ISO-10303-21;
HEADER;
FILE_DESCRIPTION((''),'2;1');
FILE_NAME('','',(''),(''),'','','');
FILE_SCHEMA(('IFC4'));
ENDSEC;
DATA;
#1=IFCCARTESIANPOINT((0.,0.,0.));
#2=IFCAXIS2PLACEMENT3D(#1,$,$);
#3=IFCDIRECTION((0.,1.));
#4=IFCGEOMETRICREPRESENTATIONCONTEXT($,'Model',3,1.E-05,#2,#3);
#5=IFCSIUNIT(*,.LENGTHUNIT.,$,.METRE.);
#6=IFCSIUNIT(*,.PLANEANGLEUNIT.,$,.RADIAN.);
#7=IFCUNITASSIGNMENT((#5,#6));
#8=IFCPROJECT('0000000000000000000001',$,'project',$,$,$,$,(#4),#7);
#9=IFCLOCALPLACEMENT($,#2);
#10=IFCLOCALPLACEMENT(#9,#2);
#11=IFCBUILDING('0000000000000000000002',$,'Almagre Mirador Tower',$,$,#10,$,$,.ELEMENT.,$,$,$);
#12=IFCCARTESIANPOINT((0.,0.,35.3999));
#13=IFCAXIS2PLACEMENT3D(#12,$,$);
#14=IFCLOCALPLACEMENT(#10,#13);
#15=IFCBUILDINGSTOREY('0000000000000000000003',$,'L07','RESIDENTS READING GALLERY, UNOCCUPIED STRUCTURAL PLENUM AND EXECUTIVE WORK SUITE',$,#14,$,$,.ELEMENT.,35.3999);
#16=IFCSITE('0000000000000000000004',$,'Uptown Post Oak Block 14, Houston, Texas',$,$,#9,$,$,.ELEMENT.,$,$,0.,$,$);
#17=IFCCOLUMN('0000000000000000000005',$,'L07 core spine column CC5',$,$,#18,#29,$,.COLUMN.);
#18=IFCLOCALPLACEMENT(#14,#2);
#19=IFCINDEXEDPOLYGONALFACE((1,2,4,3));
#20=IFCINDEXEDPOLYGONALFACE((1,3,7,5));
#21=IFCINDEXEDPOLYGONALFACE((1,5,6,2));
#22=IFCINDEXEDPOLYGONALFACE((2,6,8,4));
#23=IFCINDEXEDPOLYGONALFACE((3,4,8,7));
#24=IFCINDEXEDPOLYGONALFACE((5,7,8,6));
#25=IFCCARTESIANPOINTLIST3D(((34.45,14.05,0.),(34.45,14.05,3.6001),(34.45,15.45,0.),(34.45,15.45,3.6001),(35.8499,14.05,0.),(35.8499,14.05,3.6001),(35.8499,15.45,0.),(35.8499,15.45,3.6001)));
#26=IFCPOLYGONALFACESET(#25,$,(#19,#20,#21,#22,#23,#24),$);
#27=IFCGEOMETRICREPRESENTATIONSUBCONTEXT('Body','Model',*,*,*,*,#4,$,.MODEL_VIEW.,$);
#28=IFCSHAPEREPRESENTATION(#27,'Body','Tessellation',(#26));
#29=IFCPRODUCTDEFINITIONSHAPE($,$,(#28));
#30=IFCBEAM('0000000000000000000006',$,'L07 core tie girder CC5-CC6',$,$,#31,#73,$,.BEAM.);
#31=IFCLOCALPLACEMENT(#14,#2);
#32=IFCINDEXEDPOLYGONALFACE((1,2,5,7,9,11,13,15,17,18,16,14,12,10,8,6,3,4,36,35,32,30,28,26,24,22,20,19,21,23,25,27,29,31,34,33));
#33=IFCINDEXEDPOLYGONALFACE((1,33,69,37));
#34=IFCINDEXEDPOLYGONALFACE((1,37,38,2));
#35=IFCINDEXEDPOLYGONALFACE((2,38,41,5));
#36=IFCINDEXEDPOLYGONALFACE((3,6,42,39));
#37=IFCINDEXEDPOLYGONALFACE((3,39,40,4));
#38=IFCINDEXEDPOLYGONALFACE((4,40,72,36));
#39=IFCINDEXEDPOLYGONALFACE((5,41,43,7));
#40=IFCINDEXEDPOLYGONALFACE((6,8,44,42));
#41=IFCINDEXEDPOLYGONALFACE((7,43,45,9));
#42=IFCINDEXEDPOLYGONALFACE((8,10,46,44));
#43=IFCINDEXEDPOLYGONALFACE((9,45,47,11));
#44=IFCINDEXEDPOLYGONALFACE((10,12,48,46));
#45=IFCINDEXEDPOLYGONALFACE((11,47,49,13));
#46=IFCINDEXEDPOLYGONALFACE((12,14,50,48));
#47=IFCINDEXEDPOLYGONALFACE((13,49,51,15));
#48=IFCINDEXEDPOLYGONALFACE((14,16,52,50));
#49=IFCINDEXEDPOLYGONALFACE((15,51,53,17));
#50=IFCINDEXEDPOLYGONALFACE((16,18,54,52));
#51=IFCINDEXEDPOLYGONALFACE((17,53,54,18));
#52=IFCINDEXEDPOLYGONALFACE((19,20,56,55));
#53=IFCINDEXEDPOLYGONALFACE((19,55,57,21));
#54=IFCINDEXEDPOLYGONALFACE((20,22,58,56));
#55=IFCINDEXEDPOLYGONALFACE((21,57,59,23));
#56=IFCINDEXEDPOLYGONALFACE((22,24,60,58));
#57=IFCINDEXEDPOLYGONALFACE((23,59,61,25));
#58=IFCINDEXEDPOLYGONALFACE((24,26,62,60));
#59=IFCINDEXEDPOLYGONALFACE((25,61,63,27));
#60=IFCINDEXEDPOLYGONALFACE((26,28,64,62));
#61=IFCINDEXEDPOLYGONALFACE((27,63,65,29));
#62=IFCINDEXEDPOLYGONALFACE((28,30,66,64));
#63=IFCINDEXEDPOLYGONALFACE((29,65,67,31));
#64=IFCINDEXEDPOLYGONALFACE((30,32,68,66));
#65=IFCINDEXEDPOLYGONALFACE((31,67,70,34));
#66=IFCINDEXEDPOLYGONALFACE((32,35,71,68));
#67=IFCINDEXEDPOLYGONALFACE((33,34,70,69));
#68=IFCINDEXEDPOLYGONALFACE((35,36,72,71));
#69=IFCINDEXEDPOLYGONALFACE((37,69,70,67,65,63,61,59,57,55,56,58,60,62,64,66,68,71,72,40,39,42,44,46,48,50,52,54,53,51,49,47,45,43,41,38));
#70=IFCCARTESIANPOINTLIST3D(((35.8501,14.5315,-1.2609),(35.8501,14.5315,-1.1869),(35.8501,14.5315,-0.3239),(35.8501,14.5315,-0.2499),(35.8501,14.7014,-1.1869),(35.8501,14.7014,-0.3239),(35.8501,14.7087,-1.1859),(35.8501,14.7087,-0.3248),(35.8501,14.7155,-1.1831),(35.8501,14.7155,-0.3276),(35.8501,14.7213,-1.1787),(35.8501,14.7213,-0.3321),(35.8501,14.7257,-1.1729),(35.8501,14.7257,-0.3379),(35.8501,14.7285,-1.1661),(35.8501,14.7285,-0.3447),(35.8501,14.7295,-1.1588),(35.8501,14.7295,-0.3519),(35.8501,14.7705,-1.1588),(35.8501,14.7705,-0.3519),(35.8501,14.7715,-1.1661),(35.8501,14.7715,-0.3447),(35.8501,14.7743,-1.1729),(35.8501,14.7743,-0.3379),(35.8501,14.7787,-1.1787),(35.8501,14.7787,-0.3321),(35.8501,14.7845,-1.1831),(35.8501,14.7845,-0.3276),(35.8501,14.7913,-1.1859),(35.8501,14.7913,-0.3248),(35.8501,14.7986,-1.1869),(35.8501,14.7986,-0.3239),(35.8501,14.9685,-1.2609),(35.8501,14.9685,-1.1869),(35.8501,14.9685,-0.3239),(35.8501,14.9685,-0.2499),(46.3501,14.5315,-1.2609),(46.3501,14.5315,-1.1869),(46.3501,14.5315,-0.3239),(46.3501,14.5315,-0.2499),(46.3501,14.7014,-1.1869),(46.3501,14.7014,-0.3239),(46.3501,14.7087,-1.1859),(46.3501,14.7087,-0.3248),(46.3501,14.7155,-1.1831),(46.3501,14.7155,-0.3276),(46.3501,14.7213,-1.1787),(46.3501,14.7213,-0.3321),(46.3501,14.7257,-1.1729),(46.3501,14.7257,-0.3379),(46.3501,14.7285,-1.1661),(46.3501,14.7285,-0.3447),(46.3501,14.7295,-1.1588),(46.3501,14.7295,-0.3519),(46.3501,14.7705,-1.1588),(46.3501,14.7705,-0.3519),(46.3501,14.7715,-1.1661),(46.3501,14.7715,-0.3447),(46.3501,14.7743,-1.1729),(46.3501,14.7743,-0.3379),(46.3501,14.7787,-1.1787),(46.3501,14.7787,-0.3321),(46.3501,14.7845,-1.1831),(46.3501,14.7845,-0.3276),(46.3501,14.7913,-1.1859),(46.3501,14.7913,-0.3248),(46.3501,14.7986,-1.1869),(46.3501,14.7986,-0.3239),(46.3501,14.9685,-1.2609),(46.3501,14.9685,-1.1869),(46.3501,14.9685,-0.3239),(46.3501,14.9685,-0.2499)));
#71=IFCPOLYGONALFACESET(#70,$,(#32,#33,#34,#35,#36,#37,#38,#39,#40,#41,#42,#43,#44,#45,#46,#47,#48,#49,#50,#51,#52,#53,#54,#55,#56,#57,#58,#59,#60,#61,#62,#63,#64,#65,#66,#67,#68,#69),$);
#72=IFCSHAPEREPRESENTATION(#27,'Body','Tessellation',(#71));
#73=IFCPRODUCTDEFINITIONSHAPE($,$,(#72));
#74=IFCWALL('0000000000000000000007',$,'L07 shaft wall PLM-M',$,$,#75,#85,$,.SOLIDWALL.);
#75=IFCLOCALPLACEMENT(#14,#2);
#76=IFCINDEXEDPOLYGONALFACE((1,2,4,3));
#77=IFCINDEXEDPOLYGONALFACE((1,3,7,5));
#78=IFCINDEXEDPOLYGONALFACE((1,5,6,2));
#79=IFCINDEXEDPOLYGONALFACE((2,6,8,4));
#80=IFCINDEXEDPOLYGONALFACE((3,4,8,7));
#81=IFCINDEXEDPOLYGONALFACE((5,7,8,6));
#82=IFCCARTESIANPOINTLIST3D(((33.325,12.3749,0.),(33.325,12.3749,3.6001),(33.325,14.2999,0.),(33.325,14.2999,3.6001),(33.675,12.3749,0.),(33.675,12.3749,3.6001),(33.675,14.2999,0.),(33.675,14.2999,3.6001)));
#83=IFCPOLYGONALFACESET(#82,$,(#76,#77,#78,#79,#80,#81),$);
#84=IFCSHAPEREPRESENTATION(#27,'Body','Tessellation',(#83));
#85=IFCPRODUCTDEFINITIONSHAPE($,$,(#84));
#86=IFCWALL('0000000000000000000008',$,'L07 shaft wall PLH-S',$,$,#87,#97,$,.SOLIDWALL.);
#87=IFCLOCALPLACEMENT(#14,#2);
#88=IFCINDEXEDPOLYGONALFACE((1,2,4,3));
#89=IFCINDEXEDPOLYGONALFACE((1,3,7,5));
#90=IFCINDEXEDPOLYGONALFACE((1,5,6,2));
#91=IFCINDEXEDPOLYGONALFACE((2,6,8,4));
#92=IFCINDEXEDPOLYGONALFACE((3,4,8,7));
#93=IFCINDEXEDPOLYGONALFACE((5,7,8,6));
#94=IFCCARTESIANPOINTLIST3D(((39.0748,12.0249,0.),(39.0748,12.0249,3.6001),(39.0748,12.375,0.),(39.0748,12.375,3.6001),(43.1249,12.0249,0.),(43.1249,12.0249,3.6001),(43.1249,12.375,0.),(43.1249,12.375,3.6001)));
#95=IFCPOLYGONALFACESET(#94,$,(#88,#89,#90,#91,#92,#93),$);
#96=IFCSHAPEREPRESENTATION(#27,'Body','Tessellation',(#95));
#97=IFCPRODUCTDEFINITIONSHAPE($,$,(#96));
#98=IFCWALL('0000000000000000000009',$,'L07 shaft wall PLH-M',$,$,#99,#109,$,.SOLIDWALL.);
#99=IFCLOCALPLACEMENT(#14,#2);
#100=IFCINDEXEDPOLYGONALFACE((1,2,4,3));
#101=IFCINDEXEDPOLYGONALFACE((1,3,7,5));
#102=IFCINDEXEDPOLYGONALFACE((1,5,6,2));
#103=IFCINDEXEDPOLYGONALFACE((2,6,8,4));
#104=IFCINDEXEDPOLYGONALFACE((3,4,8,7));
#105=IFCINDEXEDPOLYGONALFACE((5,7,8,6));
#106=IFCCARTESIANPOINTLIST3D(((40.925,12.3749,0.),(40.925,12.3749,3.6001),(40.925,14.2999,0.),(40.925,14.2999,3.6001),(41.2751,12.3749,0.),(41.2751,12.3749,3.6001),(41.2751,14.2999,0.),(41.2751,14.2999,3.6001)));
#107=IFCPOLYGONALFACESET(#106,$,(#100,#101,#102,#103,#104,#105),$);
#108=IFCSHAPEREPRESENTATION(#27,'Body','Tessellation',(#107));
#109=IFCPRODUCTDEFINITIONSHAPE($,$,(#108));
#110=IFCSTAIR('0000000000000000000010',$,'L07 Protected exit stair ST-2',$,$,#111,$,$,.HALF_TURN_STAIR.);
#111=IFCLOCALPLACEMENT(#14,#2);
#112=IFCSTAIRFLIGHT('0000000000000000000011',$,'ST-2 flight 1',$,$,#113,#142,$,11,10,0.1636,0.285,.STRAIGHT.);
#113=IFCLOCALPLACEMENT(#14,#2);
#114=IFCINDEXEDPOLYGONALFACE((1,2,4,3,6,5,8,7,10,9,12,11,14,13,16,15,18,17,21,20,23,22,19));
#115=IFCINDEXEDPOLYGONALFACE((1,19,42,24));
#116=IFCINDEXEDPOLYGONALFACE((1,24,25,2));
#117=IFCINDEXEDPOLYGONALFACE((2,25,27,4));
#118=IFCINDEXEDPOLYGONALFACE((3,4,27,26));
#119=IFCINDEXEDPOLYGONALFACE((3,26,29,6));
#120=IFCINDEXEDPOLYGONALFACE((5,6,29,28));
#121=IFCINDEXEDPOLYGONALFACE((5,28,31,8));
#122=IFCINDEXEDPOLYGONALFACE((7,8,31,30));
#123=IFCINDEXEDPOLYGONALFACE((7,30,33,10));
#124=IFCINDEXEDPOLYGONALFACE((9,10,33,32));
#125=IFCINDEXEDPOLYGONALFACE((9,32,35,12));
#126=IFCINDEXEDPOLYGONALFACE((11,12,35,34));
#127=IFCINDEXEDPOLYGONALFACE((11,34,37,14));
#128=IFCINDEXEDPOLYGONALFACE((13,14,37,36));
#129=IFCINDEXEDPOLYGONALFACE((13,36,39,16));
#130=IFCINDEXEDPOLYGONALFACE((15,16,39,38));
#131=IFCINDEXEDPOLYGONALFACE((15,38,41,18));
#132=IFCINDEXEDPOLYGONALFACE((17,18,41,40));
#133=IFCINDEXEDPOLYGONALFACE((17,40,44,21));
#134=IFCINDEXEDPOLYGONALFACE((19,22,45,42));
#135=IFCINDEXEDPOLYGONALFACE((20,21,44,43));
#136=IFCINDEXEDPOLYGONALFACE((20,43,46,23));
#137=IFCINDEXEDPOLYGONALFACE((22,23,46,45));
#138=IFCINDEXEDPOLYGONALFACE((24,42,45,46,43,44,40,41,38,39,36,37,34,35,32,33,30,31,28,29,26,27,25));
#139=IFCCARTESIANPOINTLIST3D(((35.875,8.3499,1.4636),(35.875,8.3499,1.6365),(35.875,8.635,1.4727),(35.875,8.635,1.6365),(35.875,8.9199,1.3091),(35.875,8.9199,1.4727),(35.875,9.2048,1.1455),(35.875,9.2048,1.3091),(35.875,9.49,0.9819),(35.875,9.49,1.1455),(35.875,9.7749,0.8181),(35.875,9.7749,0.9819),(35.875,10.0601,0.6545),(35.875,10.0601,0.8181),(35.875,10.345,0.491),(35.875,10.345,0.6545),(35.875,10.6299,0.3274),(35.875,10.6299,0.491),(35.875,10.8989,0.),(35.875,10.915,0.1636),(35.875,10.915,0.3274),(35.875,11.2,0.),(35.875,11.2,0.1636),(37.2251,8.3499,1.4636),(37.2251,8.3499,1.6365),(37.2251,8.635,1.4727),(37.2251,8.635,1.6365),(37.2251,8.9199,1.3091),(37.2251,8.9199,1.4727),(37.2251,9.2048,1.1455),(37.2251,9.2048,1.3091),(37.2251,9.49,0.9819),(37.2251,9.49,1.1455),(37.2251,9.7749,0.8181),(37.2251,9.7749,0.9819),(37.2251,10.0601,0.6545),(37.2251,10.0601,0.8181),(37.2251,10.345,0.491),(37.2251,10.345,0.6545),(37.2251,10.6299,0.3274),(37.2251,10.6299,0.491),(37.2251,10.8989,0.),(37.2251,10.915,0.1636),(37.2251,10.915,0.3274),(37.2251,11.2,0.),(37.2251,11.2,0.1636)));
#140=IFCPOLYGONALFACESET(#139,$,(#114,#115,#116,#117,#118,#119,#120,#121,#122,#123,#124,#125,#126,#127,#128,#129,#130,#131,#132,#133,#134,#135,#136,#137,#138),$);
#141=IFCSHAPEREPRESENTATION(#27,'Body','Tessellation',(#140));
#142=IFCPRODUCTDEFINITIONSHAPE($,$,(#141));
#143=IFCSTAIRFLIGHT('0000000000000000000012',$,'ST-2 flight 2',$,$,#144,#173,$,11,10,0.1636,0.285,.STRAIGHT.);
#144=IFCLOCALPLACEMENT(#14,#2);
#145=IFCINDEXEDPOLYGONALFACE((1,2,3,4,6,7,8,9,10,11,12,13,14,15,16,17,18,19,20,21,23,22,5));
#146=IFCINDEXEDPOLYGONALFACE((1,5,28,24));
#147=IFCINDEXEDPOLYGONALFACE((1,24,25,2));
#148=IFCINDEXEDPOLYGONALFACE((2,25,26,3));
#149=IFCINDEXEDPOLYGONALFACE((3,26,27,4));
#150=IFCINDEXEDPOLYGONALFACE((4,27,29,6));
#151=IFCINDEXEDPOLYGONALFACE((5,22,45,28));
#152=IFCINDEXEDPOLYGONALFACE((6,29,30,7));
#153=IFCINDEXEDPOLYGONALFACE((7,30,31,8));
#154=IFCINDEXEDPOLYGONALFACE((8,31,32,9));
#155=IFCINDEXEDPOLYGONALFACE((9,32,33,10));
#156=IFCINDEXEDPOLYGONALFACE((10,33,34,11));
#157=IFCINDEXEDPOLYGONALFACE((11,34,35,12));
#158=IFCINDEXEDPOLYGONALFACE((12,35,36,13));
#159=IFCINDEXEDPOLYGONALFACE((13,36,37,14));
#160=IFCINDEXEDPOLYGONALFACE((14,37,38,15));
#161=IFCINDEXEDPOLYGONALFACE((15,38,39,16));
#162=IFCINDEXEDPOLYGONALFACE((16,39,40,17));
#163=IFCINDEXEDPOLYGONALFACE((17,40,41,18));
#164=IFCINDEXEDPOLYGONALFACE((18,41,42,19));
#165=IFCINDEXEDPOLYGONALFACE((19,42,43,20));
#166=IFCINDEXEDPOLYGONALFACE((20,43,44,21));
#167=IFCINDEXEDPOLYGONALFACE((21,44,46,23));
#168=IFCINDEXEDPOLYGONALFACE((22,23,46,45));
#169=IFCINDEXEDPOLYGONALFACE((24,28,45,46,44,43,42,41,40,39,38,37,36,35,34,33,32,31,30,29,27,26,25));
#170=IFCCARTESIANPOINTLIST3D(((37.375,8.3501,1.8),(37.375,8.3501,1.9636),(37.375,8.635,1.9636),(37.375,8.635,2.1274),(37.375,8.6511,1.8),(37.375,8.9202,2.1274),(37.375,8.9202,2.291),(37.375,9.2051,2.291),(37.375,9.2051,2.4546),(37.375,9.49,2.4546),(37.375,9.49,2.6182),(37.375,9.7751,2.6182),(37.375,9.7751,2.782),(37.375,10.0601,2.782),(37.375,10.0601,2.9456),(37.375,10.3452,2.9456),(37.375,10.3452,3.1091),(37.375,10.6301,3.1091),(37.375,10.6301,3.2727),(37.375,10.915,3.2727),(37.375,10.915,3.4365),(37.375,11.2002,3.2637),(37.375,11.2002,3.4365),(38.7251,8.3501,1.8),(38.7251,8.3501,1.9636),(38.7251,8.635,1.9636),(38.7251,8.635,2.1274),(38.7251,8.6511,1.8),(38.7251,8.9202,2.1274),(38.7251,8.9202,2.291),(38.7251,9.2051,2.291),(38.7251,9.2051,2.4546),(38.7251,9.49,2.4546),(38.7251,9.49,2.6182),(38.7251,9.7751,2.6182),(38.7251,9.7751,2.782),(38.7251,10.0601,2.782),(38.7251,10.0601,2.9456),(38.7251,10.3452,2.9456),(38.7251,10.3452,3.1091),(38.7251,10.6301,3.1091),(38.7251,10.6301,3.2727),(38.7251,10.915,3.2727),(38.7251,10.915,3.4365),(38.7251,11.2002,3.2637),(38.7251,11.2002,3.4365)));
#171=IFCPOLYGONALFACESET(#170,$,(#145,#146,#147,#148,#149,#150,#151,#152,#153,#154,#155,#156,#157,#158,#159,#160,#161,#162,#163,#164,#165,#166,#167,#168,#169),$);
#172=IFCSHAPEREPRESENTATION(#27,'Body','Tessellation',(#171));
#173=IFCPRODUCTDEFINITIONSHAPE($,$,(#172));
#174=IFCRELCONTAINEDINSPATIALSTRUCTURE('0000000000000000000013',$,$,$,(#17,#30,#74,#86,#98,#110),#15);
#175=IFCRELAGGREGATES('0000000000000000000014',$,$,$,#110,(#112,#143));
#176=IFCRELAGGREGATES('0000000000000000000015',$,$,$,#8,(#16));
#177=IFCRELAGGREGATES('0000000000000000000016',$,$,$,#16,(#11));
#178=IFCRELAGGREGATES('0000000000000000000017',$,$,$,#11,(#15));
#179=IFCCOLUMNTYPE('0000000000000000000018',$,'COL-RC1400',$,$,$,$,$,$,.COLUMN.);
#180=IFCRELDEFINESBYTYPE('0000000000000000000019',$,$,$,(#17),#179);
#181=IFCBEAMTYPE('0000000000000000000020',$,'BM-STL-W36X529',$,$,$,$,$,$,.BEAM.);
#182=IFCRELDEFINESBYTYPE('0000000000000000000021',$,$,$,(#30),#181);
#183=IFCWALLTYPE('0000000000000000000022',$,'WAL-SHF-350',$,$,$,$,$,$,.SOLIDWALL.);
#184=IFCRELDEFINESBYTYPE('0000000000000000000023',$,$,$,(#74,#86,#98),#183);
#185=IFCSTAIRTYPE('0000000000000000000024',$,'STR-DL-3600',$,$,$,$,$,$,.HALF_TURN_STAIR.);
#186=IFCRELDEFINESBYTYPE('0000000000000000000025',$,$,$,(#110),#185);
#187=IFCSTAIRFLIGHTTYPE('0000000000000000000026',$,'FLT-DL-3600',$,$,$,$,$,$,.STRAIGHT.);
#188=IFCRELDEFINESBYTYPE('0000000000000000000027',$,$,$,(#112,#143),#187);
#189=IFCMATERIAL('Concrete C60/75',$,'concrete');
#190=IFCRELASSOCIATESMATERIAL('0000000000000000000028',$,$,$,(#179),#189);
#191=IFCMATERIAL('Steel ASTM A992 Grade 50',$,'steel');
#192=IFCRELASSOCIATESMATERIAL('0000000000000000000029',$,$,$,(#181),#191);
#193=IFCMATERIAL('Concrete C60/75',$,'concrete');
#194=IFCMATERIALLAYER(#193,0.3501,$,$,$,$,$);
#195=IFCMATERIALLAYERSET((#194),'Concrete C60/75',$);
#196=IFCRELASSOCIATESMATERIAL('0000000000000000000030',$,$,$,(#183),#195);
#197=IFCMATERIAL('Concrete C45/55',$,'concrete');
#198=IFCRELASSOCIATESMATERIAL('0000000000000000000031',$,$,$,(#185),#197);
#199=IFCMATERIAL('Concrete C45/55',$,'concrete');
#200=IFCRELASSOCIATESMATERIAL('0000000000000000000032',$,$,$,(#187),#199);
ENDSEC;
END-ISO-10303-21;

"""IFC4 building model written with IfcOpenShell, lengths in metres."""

from ifc_helpers import new_model, si_unit, direction, frame, frame_2d, origin, origin_2d, place, context, subcontext, project, spatial, polyline, rectangle, i_section, outline, extrude, material, layer, layer_set, material_profile, profile_set, type_object, element, aggregate, save


model = new_model("IFC4")

# Units and contexts
model_context = context("Model", 3, precision=1e-05, world=origin(), true_north=direction((0.0, 1.0)))
body_context = subcontext(model_context, "Body", "Model", "MODEL_VIEW")
ifc_project = project(units=[si_unit("LENGTHUNIT", "METRE"), si_unit("PLANEANGLEUNIT", "RADIAN")], contexts=[model_context])

# Site, building, storey
site_placement = place(None, origin())
site = spatial("IfcSite", under=ifc_project, at=site_placement, Name="Uptown Post Oak Block 14, Houston, Texas", CompositionType="ELEMENT", RefElevation=0.0)
building_placement = place(site_placement, origin())
building = spatial("IfcBuilding", under=site, at=building_placement, Name="Almagre Mirador Tower", CompositionType="ELEMENT")
storey_placement = place(building_placement, frame((0.0, 0.0, 35.3999)))
storey = spatial("IfcBuildingStorey", under=building, at=storey_placement, Name="L07", Description="RESIDENTS READING GALLERY, UNOCCUPIED STRUCTURAL PLENUM AND EXECUTIVE WORK SUITE", CompositionType="ELEMENT", Elevation=35.3999)

# Column
ifc_material_1 = material(Name="Concrete C60/75", Category="concrete")
ifc_material_profile_1 = material_profile(ifc_material_1, rectangle(XDim=1.3999, YDim=1.3999, at=origin_2d()), Name="RC1400X1400")
ifc_profile_set_1 = profile_set([ifc_material_profile_1], Name="Concrete C60/75")
column_type = type_object("IfcColumnType", Name="COL-RC1400", PredefinedType="COLUMN", material=ifc_profile_set_1)
column_placement = place(storey_placement, frame((35.1499, 14.75, 0.0), z_axis=(0.0, 0.0, 1.0), x_axis=(1.0, 0.0, 0.0)))
element("IfcColumn", 1, at=column_placement, inside=storey, type_object=column_type, Name="L07 core spine column CC5", PredefinedType="COLUMN", context=body_context, shape_type="SweptSolid", body=[
    extrude(rectangle(XDim=1.3999, YDim=1.3999, at=origin_2d()), origin(), (0.0, 0.0, 1.0), 3.6001),
])

# Beam
ifc_material_2 = material(Name="Steel ASTM A992 Grade 50", Category="steel")
ifc_material_profile_2 = material_profile(ifc_material_2, i_section(OverallWidth=0.437, OverallDepth=1.011, WebThickness=0.041, FlangeThickness=0.074, FilletRadius=0.0281, at=origin_2d()), Name="W36X529")
ifc_profile_set_2 = profile_set([ifc_material_profile_2], Name="Steel ASTM A992 Grade 50")
beam_type = type_object("IfcBeamType", Name="BM-STL-W36X529", PredefinedType="BEAM", material=ifc_profile_set_2)
beam_placement = place(storey_placement, frame((35.8501, 14.75, -0.7554), z_axis=(1.0, 0.0, 0.0), x_axis=(0.0, 1.0, 0.0)))
element("IfcBeam", 2, at=beam_placement, inside=storey, type_object=beam_type, Name="L07 core tie girder CC5-CC6", PredefinedType="BEAM", context=body_context, shape_type="SweptSolid", body=[
    extrude(i_section(OverallWidth=0.437, OverallDepth=1.011, WebThickness=0.041, FlangeThickness=0.074, FilletRadius=0.0281, at=origin_2d()), origin(), (0.0, 0.0, 1.0), 10.5),
])

# Walls
ifc_material_3 = material(Name="Concrete C60/75", Category="concrete")
ifc_layer_1 = layer(ifc_material_3, 0.3501)
ifc_layer_set_1 = layer_set([ifc_layer_1], Name="Concrete C60/75")
wall_type_1 = type_object("IfcWallType", Name="WAL-SHF-350", PredefinedType="SOLIDWALL", material=ifc_layer_set_1)
wall_1_placement = place(storey_placement, frame((33.5, 12.375, 0.0), z_axis=(0.0, 0.0, 1.0), x_axis=(0.0, 1.0, 0.0)))
element("IfcWall", 3, at=wall_1_placement, inside=storey, type_object=wall_type_1, Name="L07 shaft wall PLM-M", PredefinedType="SOLIDWALL", context=body_context, shape_type="SweptSolid", body=[
    extrude(rectangle(XDim=1.925, YDim=0.3501, at=frame_2d((0.9624, 0.0))), origin(), (0.0, 0.0, 1.0), 3.6001),
])
wall_2_placement = place(storey_placement, frame((39.075, 12.2, 0.0), z_axis=(0.0, 0.0, 1.0), x_axis=(1.0, 0.0, 0.0)))
element("IfcWall", 4, at=wall_2_placement, inside=storey, type_object=wall_type_1, Name="L07 shaft wall PLH-S", PredefinedType="SOLIDWALL", context=body_context, shape_type="SweptSolid", body=[
    extrude(rectangle(XDim=4.05, YDim=0.3501, at=frame_2d((2.0249, 0.0))), origin(), (0.0, 0.0, 1.0), 3.6001),
])
wall_3_placement = place(storey_placement, frame((41.1001, 12.375, 0.0), z_axis=(0.0, 0.0, 1.0), x_axis=(0.0, 1.0, 0.0)))
element("IfcWall", 5, at=wall_3_placement, inside=storey, type_object=wall_type_1, Name="L07 shaft wall PLH-M", PredefinedType="SOLIDWALL", context=body_context, shape_type="SweptSolid", body=[
    extrude(rectangle(XDim=1.925, YDim=0.3501, at=frame_2d((0.9624, 0.0))), origin(), (0.0, 0.0, 1.0), 3.6001),
])

# Stair, stair flights
ifc_material_4 = material(Name="Concrete C45/55", Category="concrete")
stair_type = type_object("IfcStairType", Name="STR-DL-3600", PredefinedType="HALF_TURN_STAIR", material=ifc_material_4)
stair_1_placement = place(storey_placement, origin())
stair_1 = element("IfcStair", 6, at=stair_1_placement, inside=storey, type_object=stair_type, Name="L07 Protected exit stair ST-2", PredefinedType="HALF_TURN_STAIR")
ifc_material_5 = material(Name="Concrete C45/55", Category="concrete")
stair_flight_type = type_object("IfcStairFlightType", Name="FLT-DL-3600", PredefinedType="STRAIGHT", material=ifc_material_5)
stair_flight_1_placement = place(storey_placement, frame((36.55, 11.2, 0.0), z_axis=(0.0, 0.0, 1.0), x_axis=(0.0, -1.0, 0.0)))
stair_flight_1 = element("IfcStairFlight", 7, at=stair_flight_1_placement, type_object=stair_flight_type, Name="ST-2 flight 1", NumberOfRisers=11, NumberOfTreads=10, PredefinedType="STRAIGHT", RiserHeight=0.1636, TreadLength=0.285, context=body_context, shape_type="SweptSolid", body=[
    extrude(outline(polyline([(0.0, 0.0), (0.0, 0.1636), (0.2849, 0.1636), (0.2849, 0.3274), (0.5701, 0.3274), (0.5701, 0.491), (0.855, 0.491), (0.855, 0.6545), (1.1399, 0.6545), (1.1399, 0.8181), (1.425, 0.8181), (1.425, 0.9819), (1.71, 0.9819), (1.71, 1.1455), (1.9951, 1.1455), (1.9951, 1.3091), (2.28, 1.3091), (2.28, 1.4727), (2.5649, 1.4727), (2.5649, 1.6365), (2.8501, 1.6365), (2.8501, 1.8), (2.8501, 1.4636), (0.301, 0.0), (0.0, 0.0)])), frame((0.0, 0.675, 0.0), z_axis=(0.0, -1.0, 0.0), x_axis=(1.0, 0.0, 0.0)), (0.0, 0.0, 1.0), 1.3501),
])
stair_flight_2_placement = place(storey_placement, frame((38.05, 8.3501, 1.8), z_axis=(0.0, 0.0, 1.0), x_axis=(0.0, 1.0, 0.0)))
stair_flight_2 = element("IfcStairFlight", 8, at=stair_flight_2_placement, type_object=stair_flight_type, Name="ST-2 flight 2", NumberOfRisers=11, NumberOfTreads=10, PredefinedType="STRAIGHT", RiserHeight=0.1636, TreadLength=0.285, context=body_context, shape_type="SweptSolid", body=[
    extrude(outline(polyline([(0.0, 0.0), (0.0, 0.1636), (0.2849, 0.1636), (0.2849, 0.3274), (0.5701, 0.3274), (0.5701, 0.491), (0.855, 0.491), (0.855, 0.6545), (1.1399, 0.6545), (1.1399, 0.8181), (1.425, 0.8181), (1.425, 0.9819), (1.71, 0.9819), (1.71, 1.1455), (1.9951, 1.1455), (1.9951, 1.3091), (2.28, 1.3091), (2.28, 1.4727), (2.5649, 1.4727), (2.5649, 1.6365), (2.8501, 1.6365), (2.8501, 1.8), (2.8501, 1.4636), (0.301, 0.0), (0.0, 0.0)])), frame((0.0, 0.675, 0.0), z_axis=(0.0, -1.0, 0.0), x_axis=(1.0, 0.0, 0.0)), (0.0, 0.0, 1.0), 1.3501),
])
aggregate(stair_1, [stair_flight_1, stair_flight_2])

save(model, "model.ifc")
